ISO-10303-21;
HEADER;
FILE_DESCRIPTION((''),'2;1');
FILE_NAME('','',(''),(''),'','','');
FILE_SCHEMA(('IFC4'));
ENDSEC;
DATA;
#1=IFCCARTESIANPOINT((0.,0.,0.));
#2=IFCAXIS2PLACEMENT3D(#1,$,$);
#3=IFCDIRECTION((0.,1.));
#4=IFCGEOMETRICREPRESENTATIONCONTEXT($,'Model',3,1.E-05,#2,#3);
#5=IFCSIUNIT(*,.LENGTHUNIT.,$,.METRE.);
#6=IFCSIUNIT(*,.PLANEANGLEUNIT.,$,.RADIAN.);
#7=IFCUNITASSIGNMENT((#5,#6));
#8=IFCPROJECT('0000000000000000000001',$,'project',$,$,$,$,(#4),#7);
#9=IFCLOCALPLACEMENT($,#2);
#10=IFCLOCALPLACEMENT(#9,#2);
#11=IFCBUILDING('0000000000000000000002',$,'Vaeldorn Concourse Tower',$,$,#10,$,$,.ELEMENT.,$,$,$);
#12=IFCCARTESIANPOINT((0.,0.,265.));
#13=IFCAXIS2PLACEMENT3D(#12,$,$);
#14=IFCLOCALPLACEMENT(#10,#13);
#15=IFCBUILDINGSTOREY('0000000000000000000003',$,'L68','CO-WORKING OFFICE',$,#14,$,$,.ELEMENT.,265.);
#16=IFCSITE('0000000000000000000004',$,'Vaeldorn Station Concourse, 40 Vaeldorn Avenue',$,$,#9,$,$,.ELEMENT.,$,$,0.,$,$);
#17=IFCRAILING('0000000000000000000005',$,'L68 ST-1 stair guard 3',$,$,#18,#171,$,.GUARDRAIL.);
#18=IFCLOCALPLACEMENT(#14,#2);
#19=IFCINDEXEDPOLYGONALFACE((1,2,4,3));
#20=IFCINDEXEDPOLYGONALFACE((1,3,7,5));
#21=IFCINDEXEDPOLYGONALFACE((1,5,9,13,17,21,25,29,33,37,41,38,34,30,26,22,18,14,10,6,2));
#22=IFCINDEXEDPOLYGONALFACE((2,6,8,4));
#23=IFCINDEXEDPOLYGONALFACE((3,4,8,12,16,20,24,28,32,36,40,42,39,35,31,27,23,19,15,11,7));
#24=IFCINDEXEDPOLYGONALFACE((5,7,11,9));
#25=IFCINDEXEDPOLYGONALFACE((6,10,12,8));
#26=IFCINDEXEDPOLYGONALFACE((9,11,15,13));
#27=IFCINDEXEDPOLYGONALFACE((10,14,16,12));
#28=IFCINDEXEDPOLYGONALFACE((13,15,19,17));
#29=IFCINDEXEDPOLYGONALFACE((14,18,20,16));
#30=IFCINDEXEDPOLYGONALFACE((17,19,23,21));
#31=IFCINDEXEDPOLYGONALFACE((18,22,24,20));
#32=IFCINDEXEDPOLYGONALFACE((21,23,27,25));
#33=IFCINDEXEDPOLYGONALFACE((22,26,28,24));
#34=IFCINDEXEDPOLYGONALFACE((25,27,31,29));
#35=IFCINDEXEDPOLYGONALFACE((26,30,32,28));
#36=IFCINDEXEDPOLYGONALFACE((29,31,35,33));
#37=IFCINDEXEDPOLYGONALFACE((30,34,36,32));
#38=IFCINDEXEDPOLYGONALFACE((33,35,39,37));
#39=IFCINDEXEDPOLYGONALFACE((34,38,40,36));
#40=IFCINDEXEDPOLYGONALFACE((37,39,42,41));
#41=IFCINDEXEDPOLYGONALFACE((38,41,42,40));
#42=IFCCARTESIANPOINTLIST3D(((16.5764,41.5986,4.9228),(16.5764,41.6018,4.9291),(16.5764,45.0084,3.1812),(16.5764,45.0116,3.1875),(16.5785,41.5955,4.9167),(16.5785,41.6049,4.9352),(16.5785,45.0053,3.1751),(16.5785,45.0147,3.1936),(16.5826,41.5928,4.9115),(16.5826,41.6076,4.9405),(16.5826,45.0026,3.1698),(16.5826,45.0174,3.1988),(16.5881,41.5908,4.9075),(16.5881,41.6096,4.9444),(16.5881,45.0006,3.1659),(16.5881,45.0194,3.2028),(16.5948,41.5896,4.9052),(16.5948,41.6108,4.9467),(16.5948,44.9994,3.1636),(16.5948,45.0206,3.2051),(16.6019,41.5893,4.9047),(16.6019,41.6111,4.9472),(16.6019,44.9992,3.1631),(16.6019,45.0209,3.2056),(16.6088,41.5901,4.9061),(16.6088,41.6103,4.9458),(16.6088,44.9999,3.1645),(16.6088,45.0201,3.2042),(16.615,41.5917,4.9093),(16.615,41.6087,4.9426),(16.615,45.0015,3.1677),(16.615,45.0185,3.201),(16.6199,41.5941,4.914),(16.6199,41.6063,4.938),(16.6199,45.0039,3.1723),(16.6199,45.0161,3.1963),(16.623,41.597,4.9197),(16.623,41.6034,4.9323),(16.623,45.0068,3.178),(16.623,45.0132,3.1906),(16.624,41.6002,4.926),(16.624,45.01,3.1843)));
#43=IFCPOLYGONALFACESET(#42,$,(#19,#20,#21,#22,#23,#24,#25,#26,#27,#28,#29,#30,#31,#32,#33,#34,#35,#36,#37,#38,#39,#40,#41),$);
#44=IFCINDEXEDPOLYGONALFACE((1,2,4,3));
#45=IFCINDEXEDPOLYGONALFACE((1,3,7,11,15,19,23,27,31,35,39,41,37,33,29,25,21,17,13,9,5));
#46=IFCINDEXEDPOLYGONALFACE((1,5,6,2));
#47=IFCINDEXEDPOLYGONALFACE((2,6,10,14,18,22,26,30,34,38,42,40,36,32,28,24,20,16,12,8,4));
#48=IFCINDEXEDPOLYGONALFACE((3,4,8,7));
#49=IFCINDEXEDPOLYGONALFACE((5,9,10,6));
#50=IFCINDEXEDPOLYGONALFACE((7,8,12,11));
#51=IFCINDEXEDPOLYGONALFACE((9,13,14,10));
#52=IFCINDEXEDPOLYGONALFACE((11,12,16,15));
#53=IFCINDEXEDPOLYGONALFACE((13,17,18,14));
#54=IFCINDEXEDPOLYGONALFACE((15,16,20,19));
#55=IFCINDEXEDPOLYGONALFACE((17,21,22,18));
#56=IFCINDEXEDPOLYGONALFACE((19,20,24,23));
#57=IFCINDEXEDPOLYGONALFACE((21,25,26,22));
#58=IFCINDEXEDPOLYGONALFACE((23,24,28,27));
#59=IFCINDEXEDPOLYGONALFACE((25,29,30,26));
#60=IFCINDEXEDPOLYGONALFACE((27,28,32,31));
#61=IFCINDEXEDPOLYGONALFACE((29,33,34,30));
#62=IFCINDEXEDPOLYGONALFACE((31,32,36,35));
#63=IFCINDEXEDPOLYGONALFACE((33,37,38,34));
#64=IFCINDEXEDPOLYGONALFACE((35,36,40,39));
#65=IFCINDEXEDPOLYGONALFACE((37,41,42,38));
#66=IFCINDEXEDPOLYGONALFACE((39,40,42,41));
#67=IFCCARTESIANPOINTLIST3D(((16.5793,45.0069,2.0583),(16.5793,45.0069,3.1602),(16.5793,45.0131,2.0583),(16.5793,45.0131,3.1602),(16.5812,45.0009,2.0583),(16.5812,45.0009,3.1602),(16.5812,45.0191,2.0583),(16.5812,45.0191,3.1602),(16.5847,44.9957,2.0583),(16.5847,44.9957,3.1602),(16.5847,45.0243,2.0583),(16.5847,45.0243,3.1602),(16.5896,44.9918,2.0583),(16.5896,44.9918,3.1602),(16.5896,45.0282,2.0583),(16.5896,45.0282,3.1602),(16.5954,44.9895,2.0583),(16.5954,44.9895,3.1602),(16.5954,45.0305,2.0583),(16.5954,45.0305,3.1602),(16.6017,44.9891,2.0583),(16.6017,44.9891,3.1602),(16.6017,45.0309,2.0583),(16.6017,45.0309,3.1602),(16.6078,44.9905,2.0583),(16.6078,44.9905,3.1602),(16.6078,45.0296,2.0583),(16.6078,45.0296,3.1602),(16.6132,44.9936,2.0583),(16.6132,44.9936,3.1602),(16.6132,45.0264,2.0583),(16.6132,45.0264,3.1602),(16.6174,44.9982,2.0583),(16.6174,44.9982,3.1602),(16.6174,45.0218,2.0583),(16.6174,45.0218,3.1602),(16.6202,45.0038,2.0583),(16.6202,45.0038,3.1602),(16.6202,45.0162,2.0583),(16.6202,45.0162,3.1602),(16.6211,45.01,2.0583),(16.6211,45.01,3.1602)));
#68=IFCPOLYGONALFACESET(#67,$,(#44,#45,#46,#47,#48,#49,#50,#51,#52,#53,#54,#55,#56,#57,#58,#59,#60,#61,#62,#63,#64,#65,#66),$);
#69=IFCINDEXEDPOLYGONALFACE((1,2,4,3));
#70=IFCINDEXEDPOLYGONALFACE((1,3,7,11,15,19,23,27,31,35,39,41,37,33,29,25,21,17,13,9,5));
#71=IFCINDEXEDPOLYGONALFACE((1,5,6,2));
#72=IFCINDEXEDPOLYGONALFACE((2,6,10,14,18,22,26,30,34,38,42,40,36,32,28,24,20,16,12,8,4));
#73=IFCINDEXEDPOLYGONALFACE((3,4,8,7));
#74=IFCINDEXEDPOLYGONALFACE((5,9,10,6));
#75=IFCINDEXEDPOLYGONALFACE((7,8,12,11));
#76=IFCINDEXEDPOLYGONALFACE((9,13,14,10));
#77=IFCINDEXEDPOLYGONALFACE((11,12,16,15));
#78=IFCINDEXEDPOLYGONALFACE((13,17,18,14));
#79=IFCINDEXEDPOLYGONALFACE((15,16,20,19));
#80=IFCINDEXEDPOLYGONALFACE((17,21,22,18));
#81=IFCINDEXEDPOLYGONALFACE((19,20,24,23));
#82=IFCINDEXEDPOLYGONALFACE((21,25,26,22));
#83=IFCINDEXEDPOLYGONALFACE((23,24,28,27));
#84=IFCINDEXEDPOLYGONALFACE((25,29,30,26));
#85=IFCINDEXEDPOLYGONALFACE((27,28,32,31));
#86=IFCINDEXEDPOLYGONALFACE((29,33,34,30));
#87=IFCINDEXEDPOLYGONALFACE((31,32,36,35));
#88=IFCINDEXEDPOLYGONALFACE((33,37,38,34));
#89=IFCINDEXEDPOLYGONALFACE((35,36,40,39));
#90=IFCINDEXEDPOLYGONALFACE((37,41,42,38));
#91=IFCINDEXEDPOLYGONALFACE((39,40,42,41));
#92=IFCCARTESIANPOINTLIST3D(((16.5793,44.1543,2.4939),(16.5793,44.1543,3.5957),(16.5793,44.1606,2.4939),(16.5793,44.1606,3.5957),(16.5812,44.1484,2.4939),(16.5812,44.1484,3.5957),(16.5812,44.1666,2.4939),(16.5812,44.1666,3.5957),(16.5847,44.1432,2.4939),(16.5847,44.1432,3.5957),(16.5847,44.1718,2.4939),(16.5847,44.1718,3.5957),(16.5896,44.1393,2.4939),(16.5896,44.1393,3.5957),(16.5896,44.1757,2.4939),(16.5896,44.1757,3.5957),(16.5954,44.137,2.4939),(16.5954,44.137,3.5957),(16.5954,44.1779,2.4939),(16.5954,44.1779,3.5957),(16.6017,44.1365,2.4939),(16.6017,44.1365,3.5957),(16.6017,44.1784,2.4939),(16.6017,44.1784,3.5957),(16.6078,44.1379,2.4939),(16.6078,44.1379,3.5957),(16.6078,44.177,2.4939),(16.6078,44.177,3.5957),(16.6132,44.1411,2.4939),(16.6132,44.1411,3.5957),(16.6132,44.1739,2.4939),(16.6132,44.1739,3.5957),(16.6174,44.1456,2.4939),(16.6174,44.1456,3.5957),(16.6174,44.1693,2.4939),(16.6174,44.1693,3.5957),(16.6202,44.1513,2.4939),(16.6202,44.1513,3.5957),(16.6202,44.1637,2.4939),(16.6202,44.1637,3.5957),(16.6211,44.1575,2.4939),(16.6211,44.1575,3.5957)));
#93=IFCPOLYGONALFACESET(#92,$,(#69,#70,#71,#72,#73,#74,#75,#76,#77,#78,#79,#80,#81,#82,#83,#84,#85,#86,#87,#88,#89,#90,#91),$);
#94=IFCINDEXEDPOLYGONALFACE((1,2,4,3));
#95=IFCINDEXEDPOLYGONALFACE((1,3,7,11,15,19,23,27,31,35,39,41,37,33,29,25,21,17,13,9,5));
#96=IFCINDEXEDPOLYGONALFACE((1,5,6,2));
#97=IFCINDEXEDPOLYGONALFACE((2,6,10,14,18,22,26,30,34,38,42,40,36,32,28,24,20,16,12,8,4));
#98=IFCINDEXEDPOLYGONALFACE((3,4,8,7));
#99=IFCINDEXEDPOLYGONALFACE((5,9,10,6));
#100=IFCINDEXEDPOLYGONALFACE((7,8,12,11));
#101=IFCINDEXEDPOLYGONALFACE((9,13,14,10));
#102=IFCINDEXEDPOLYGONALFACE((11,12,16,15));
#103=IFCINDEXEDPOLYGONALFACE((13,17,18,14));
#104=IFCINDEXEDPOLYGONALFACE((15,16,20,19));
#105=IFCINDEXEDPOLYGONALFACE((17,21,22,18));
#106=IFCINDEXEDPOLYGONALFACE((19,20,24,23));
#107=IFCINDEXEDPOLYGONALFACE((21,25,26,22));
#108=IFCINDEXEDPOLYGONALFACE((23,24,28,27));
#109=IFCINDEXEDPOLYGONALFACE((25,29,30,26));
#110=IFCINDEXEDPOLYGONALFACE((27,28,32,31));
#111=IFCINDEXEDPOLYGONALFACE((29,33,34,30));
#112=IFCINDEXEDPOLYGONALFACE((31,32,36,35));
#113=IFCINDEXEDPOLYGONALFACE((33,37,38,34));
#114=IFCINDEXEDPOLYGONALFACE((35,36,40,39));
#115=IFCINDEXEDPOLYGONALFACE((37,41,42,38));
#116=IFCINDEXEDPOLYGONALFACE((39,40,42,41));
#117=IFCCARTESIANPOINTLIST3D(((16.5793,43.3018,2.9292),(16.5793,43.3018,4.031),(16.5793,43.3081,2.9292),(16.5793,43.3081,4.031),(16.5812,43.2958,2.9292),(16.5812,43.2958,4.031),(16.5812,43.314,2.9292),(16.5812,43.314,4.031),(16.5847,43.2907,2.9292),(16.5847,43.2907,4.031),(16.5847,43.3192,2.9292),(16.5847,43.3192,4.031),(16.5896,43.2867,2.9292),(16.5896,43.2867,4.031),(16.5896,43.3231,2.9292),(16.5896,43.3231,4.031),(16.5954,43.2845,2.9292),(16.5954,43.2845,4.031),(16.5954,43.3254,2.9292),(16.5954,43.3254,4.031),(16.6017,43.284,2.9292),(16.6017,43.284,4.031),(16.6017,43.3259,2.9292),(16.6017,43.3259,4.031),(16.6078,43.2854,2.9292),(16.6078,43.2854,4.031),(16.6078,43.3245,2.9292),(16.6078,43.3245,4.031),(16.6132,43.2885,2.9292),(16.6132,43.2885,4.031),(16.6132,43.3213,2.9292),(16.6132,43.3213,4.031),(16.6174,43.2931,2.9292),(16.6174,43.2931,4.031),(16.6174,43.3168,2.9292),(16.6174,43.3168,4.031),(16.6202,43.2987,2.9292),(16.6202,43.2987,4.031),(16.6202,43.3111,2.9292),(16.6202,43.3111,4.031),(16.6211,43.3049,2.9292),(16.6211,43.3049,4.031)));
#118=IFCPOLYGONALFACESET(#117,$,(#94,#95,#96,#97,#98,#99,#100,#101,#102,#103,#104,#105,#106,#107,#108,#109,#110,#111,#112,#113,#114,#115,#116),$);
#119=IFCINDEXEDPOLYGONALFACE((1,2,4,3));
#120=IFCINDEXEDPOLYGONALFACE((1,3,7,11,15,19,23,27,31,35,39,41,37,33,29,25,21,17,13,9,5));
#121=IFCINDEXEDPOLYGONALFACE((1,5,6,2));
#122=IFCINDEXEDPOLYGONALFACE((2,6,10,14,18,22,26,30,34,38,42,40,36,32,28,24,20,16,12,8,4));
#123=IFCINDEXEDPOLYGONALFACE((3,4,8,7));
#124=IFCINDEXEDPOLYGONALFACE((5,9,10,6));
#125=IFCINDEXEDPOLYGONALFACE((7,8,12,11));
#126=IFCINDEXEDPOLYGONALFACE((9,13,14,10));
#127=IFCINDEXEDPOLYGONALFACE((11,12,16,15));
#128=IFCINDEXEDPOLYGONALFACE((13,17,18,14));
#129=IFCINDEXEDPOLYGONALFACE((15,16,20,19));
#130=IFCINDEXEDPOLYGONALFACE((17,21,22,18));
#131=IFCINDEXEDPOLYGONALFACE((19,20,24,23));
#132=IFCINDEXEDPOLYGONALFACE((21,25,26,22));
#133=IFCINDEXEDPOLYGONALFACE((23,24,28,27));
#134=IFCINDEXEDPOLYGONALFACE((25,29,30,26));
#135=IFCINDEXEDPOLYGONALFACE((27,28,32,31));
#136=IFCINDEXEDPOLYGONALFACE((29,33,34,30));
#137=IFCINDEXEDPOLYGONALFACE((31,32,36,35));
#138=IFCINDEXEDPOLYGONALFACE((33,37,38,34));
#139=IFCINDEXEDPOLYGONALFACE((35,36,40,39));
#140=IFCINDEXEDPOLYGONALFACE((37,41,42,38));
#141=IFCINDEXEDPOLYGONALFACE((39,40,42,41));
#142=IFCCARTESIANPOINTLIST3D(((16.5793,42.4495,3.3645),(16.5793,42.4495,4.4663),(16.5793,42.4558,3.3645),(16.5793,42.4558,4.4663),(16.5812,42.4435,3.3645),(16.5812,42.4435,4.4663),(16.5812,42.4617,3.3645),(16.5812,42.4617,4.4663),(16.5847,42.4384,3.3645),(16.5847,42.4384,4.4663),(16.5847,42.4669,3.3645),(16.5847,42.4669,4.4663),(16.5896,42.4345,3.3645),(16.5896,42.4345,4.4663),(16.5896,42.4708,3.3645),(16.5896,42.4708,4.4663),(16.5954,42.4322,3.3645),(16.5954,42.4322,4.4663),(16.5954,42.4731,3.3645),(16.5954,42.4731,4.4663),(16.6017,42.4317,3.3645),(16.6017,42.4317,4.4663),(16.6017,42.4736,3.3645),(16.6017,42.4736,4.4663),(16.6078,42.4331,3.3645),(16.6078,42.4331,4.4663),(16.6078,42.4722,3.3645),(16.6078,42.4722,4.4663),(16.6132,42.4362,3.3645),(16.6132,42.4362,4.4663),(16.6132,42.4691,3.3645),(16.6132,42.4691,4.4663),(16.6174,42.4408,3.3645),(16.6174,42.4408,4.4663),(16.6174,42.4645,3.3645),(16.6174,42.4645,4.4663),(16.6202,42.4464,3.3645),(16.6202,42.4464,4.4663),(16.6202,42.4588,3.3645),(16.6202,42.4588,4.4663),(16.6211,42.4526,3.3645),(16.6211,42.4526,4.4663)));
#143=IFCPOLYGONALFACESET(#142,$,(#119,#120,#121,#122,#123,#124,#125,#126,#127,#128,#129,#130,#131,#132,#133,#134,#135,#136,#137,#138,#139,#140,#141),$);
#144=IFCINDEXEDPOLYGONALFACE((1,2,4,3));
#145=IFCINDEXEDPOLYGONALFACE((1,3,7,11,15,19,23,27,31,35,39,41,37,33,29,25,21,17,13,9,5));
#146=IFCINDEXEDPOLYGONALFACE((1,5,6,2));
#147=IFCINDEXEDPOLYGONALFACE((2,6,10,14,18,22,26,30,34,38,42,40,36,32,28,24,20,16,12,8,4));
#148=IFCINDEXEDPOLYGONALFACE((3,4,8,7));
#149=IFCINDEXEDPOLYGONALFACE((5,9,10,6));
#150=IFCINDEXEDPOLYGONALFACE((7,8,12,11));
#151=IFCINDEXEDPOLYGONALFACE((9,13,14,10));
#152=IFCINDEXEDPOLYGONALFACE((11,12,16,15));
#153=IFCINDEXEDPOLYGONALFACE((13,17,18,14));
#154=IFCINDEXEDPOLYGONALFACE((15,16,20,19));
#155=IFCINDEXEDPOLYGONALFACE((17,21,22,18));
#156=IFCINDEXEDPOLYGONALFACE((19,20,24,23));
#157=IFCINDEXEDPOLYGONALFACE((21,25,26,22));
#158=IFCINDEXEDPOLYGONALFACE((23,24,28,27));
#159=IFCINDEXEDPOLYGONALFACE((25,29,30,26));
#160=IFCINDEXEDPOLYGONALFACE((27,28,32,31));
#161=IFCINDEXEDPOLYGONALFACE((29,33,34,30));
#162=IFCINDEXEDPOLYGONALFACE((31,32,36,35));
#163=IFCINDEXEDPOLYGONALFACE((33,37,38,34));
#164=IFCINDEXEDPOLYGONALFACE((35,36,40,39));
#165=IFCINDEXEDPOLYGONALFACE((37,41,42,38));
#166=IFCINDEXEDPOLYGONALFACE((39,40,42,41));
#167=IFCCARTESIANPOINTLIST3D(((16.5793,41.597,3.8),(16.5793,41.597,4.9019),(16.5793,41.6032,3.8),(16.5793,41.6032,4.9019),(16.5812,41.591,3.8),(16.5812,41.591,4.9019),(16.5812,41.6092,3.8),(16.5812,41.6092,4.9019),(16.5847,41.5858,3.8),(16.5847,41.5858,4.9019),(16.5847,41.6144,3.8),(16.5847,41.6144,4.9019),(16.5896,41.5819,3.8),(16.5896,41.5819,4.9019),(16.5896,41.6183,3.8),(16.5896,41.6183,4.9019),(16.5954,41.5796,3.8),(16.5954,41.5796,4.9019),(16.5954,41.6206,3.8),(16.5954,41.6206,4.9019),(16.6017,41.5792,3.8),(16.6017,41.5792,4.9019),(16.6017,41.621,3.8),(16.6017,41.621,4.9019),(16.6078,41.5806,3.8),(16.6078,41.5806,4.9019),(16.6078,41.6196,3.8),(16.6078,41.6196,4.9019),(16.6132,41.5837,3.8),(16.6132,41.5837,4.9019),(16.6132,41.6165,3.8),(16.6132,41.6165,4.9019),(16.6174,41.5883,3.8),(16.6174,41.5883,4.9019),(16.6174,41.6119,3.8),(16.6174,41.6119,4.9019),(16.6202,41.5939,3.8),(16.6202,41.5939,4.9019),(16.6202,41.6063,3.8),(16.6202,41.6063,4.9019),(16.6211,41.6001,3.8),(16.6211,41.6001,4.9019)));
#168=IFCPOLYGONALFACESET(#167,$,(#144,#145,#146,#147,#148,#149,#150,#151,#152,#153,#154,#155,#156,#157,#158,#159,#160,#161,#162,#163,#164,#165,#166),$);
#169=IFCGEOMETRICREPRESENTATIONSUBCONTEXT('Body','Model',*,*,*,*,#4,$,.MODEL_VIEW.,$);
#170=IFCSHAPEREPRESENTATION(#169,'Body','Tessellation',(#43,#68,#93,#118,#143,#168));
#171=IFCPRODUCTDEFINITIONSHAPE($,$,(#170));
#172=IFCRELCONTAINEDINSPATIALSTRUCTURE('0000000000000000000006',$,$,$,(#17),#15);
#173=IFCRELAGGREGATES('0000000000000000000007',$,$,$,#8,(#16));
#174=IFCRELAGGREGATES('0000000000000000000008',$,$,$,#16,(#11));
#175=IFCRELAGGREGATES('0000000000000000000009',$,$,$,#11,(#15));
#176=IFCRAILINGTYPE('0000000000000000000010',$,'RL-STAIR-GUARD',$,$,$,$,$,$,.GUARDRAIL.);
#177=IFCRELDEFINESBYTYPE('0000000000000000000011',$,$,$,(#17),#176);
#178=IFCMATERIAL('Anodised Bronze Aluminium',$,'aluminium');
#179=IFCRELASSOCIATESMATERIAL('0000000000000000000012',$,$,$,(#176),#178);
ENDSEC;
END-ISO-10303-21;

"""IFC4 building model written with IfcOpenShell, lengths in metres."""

from ifc_helpers import new_model, si_unit, direction, frame, origin, origin_2d, place, context, subcontext, project, spatial, circle, extrude, material, type_object, element, save


model = new_model("IFC4")

# Units and contexts
model_context = context("Model", 3, precision=1e-05, world=origin(), true_north=direction((0.0, 1.0)))
body_context = subcontext(model_context, "Body", "Model", "MODEL_VIEW")
ifc_project = project(units=[si_unit("LENGTHUNIT", "METRE"), si_unit("PLANEANGLEUNIT", "RADIAN")], contexts=[model_context])

# Site, building, storey
site_placement = place(None, origin())
site = spatial("IfcSite", under=ifc_project, at=site_placement, Name="Vaeldorn Station Concourse, 40 Vaeldorn Avenue", CompositionType="ELEMENT", RefElevation=0.0)
building_placement = place(site_placement, origin())
building = spatial("IfcBuilding", under=site, at=building_placement, Name="Vaeldorn Concourse Tower", CompositionType="ELEMENT")
storey_placement = place(building_placement, frame((0.0, 0.0, 265.0)))
storey = spatial("IfcBuildingStorey", under=building, at=storey_placement, Name="L68", Description="CO-WORKING OFFICE", CompositionType="ELEMENT", Elevation=265.0)

# Shared definitions
ifc_material_1 = material(Name="Anodised Bronze Aluminium", Category="aluminium")

# Railing
railing_type_1 = type_object("IfcRailingType", Name="RL-STAIR-GUARD", PredefinedType="GUARDRAIL", material=ifc_material_1)
railing_1_placement = place(storey_placement, frame((16.6001, 45.01, 2.0583)))
element("IfcRailing", 1, at=railing_1_placement, inside=storey, type_object=railing_type_1, Name="L68 ST-1 stair guard 3", PredefinedType="GUARDRAIL", context=body_context, shape_type="SweptSolid", body=[
    extrude(circle(Radius=0.0239, at=origin_2d()), frame((0.0, 0.0, 1.126), z_axis=(0.0, -0.890556, 0.454874), x_axis=(1.0, 0.0, 0.0)), (0.0, 0.0, 1.0), 3.8289),
    extrude(circle(Radius=0.021, at=origin_2d()), origin(), (0.0, 0.0, 1.0), 1.1018),
    extrude(circle(Radius=0.021, at=origin_2d()), frame((0.0, -0.8525, 0.4355)), (0.0, 0.0, 1.0), 1.1018),
    extrude(circle(Radius=0.021, at=origin_2d()), frame((0.0, -1.7051, 0.8708)), (0.0, 0.0, 1.0), 1.1018),
    extrude(circle(Radius=0.021, at=origin_2d()), frame((0.0, -2.5574, 1.3062)), (0.0, 0.0, 1.0), 1.1018),
    extrude(circle(Radius=0.021, at=origin_2d()), frame((0.0, -3.4099, 1.7417)), (0.0, 0.0, 1.0), 1.1018),
])

save(model, "model.ifc")
